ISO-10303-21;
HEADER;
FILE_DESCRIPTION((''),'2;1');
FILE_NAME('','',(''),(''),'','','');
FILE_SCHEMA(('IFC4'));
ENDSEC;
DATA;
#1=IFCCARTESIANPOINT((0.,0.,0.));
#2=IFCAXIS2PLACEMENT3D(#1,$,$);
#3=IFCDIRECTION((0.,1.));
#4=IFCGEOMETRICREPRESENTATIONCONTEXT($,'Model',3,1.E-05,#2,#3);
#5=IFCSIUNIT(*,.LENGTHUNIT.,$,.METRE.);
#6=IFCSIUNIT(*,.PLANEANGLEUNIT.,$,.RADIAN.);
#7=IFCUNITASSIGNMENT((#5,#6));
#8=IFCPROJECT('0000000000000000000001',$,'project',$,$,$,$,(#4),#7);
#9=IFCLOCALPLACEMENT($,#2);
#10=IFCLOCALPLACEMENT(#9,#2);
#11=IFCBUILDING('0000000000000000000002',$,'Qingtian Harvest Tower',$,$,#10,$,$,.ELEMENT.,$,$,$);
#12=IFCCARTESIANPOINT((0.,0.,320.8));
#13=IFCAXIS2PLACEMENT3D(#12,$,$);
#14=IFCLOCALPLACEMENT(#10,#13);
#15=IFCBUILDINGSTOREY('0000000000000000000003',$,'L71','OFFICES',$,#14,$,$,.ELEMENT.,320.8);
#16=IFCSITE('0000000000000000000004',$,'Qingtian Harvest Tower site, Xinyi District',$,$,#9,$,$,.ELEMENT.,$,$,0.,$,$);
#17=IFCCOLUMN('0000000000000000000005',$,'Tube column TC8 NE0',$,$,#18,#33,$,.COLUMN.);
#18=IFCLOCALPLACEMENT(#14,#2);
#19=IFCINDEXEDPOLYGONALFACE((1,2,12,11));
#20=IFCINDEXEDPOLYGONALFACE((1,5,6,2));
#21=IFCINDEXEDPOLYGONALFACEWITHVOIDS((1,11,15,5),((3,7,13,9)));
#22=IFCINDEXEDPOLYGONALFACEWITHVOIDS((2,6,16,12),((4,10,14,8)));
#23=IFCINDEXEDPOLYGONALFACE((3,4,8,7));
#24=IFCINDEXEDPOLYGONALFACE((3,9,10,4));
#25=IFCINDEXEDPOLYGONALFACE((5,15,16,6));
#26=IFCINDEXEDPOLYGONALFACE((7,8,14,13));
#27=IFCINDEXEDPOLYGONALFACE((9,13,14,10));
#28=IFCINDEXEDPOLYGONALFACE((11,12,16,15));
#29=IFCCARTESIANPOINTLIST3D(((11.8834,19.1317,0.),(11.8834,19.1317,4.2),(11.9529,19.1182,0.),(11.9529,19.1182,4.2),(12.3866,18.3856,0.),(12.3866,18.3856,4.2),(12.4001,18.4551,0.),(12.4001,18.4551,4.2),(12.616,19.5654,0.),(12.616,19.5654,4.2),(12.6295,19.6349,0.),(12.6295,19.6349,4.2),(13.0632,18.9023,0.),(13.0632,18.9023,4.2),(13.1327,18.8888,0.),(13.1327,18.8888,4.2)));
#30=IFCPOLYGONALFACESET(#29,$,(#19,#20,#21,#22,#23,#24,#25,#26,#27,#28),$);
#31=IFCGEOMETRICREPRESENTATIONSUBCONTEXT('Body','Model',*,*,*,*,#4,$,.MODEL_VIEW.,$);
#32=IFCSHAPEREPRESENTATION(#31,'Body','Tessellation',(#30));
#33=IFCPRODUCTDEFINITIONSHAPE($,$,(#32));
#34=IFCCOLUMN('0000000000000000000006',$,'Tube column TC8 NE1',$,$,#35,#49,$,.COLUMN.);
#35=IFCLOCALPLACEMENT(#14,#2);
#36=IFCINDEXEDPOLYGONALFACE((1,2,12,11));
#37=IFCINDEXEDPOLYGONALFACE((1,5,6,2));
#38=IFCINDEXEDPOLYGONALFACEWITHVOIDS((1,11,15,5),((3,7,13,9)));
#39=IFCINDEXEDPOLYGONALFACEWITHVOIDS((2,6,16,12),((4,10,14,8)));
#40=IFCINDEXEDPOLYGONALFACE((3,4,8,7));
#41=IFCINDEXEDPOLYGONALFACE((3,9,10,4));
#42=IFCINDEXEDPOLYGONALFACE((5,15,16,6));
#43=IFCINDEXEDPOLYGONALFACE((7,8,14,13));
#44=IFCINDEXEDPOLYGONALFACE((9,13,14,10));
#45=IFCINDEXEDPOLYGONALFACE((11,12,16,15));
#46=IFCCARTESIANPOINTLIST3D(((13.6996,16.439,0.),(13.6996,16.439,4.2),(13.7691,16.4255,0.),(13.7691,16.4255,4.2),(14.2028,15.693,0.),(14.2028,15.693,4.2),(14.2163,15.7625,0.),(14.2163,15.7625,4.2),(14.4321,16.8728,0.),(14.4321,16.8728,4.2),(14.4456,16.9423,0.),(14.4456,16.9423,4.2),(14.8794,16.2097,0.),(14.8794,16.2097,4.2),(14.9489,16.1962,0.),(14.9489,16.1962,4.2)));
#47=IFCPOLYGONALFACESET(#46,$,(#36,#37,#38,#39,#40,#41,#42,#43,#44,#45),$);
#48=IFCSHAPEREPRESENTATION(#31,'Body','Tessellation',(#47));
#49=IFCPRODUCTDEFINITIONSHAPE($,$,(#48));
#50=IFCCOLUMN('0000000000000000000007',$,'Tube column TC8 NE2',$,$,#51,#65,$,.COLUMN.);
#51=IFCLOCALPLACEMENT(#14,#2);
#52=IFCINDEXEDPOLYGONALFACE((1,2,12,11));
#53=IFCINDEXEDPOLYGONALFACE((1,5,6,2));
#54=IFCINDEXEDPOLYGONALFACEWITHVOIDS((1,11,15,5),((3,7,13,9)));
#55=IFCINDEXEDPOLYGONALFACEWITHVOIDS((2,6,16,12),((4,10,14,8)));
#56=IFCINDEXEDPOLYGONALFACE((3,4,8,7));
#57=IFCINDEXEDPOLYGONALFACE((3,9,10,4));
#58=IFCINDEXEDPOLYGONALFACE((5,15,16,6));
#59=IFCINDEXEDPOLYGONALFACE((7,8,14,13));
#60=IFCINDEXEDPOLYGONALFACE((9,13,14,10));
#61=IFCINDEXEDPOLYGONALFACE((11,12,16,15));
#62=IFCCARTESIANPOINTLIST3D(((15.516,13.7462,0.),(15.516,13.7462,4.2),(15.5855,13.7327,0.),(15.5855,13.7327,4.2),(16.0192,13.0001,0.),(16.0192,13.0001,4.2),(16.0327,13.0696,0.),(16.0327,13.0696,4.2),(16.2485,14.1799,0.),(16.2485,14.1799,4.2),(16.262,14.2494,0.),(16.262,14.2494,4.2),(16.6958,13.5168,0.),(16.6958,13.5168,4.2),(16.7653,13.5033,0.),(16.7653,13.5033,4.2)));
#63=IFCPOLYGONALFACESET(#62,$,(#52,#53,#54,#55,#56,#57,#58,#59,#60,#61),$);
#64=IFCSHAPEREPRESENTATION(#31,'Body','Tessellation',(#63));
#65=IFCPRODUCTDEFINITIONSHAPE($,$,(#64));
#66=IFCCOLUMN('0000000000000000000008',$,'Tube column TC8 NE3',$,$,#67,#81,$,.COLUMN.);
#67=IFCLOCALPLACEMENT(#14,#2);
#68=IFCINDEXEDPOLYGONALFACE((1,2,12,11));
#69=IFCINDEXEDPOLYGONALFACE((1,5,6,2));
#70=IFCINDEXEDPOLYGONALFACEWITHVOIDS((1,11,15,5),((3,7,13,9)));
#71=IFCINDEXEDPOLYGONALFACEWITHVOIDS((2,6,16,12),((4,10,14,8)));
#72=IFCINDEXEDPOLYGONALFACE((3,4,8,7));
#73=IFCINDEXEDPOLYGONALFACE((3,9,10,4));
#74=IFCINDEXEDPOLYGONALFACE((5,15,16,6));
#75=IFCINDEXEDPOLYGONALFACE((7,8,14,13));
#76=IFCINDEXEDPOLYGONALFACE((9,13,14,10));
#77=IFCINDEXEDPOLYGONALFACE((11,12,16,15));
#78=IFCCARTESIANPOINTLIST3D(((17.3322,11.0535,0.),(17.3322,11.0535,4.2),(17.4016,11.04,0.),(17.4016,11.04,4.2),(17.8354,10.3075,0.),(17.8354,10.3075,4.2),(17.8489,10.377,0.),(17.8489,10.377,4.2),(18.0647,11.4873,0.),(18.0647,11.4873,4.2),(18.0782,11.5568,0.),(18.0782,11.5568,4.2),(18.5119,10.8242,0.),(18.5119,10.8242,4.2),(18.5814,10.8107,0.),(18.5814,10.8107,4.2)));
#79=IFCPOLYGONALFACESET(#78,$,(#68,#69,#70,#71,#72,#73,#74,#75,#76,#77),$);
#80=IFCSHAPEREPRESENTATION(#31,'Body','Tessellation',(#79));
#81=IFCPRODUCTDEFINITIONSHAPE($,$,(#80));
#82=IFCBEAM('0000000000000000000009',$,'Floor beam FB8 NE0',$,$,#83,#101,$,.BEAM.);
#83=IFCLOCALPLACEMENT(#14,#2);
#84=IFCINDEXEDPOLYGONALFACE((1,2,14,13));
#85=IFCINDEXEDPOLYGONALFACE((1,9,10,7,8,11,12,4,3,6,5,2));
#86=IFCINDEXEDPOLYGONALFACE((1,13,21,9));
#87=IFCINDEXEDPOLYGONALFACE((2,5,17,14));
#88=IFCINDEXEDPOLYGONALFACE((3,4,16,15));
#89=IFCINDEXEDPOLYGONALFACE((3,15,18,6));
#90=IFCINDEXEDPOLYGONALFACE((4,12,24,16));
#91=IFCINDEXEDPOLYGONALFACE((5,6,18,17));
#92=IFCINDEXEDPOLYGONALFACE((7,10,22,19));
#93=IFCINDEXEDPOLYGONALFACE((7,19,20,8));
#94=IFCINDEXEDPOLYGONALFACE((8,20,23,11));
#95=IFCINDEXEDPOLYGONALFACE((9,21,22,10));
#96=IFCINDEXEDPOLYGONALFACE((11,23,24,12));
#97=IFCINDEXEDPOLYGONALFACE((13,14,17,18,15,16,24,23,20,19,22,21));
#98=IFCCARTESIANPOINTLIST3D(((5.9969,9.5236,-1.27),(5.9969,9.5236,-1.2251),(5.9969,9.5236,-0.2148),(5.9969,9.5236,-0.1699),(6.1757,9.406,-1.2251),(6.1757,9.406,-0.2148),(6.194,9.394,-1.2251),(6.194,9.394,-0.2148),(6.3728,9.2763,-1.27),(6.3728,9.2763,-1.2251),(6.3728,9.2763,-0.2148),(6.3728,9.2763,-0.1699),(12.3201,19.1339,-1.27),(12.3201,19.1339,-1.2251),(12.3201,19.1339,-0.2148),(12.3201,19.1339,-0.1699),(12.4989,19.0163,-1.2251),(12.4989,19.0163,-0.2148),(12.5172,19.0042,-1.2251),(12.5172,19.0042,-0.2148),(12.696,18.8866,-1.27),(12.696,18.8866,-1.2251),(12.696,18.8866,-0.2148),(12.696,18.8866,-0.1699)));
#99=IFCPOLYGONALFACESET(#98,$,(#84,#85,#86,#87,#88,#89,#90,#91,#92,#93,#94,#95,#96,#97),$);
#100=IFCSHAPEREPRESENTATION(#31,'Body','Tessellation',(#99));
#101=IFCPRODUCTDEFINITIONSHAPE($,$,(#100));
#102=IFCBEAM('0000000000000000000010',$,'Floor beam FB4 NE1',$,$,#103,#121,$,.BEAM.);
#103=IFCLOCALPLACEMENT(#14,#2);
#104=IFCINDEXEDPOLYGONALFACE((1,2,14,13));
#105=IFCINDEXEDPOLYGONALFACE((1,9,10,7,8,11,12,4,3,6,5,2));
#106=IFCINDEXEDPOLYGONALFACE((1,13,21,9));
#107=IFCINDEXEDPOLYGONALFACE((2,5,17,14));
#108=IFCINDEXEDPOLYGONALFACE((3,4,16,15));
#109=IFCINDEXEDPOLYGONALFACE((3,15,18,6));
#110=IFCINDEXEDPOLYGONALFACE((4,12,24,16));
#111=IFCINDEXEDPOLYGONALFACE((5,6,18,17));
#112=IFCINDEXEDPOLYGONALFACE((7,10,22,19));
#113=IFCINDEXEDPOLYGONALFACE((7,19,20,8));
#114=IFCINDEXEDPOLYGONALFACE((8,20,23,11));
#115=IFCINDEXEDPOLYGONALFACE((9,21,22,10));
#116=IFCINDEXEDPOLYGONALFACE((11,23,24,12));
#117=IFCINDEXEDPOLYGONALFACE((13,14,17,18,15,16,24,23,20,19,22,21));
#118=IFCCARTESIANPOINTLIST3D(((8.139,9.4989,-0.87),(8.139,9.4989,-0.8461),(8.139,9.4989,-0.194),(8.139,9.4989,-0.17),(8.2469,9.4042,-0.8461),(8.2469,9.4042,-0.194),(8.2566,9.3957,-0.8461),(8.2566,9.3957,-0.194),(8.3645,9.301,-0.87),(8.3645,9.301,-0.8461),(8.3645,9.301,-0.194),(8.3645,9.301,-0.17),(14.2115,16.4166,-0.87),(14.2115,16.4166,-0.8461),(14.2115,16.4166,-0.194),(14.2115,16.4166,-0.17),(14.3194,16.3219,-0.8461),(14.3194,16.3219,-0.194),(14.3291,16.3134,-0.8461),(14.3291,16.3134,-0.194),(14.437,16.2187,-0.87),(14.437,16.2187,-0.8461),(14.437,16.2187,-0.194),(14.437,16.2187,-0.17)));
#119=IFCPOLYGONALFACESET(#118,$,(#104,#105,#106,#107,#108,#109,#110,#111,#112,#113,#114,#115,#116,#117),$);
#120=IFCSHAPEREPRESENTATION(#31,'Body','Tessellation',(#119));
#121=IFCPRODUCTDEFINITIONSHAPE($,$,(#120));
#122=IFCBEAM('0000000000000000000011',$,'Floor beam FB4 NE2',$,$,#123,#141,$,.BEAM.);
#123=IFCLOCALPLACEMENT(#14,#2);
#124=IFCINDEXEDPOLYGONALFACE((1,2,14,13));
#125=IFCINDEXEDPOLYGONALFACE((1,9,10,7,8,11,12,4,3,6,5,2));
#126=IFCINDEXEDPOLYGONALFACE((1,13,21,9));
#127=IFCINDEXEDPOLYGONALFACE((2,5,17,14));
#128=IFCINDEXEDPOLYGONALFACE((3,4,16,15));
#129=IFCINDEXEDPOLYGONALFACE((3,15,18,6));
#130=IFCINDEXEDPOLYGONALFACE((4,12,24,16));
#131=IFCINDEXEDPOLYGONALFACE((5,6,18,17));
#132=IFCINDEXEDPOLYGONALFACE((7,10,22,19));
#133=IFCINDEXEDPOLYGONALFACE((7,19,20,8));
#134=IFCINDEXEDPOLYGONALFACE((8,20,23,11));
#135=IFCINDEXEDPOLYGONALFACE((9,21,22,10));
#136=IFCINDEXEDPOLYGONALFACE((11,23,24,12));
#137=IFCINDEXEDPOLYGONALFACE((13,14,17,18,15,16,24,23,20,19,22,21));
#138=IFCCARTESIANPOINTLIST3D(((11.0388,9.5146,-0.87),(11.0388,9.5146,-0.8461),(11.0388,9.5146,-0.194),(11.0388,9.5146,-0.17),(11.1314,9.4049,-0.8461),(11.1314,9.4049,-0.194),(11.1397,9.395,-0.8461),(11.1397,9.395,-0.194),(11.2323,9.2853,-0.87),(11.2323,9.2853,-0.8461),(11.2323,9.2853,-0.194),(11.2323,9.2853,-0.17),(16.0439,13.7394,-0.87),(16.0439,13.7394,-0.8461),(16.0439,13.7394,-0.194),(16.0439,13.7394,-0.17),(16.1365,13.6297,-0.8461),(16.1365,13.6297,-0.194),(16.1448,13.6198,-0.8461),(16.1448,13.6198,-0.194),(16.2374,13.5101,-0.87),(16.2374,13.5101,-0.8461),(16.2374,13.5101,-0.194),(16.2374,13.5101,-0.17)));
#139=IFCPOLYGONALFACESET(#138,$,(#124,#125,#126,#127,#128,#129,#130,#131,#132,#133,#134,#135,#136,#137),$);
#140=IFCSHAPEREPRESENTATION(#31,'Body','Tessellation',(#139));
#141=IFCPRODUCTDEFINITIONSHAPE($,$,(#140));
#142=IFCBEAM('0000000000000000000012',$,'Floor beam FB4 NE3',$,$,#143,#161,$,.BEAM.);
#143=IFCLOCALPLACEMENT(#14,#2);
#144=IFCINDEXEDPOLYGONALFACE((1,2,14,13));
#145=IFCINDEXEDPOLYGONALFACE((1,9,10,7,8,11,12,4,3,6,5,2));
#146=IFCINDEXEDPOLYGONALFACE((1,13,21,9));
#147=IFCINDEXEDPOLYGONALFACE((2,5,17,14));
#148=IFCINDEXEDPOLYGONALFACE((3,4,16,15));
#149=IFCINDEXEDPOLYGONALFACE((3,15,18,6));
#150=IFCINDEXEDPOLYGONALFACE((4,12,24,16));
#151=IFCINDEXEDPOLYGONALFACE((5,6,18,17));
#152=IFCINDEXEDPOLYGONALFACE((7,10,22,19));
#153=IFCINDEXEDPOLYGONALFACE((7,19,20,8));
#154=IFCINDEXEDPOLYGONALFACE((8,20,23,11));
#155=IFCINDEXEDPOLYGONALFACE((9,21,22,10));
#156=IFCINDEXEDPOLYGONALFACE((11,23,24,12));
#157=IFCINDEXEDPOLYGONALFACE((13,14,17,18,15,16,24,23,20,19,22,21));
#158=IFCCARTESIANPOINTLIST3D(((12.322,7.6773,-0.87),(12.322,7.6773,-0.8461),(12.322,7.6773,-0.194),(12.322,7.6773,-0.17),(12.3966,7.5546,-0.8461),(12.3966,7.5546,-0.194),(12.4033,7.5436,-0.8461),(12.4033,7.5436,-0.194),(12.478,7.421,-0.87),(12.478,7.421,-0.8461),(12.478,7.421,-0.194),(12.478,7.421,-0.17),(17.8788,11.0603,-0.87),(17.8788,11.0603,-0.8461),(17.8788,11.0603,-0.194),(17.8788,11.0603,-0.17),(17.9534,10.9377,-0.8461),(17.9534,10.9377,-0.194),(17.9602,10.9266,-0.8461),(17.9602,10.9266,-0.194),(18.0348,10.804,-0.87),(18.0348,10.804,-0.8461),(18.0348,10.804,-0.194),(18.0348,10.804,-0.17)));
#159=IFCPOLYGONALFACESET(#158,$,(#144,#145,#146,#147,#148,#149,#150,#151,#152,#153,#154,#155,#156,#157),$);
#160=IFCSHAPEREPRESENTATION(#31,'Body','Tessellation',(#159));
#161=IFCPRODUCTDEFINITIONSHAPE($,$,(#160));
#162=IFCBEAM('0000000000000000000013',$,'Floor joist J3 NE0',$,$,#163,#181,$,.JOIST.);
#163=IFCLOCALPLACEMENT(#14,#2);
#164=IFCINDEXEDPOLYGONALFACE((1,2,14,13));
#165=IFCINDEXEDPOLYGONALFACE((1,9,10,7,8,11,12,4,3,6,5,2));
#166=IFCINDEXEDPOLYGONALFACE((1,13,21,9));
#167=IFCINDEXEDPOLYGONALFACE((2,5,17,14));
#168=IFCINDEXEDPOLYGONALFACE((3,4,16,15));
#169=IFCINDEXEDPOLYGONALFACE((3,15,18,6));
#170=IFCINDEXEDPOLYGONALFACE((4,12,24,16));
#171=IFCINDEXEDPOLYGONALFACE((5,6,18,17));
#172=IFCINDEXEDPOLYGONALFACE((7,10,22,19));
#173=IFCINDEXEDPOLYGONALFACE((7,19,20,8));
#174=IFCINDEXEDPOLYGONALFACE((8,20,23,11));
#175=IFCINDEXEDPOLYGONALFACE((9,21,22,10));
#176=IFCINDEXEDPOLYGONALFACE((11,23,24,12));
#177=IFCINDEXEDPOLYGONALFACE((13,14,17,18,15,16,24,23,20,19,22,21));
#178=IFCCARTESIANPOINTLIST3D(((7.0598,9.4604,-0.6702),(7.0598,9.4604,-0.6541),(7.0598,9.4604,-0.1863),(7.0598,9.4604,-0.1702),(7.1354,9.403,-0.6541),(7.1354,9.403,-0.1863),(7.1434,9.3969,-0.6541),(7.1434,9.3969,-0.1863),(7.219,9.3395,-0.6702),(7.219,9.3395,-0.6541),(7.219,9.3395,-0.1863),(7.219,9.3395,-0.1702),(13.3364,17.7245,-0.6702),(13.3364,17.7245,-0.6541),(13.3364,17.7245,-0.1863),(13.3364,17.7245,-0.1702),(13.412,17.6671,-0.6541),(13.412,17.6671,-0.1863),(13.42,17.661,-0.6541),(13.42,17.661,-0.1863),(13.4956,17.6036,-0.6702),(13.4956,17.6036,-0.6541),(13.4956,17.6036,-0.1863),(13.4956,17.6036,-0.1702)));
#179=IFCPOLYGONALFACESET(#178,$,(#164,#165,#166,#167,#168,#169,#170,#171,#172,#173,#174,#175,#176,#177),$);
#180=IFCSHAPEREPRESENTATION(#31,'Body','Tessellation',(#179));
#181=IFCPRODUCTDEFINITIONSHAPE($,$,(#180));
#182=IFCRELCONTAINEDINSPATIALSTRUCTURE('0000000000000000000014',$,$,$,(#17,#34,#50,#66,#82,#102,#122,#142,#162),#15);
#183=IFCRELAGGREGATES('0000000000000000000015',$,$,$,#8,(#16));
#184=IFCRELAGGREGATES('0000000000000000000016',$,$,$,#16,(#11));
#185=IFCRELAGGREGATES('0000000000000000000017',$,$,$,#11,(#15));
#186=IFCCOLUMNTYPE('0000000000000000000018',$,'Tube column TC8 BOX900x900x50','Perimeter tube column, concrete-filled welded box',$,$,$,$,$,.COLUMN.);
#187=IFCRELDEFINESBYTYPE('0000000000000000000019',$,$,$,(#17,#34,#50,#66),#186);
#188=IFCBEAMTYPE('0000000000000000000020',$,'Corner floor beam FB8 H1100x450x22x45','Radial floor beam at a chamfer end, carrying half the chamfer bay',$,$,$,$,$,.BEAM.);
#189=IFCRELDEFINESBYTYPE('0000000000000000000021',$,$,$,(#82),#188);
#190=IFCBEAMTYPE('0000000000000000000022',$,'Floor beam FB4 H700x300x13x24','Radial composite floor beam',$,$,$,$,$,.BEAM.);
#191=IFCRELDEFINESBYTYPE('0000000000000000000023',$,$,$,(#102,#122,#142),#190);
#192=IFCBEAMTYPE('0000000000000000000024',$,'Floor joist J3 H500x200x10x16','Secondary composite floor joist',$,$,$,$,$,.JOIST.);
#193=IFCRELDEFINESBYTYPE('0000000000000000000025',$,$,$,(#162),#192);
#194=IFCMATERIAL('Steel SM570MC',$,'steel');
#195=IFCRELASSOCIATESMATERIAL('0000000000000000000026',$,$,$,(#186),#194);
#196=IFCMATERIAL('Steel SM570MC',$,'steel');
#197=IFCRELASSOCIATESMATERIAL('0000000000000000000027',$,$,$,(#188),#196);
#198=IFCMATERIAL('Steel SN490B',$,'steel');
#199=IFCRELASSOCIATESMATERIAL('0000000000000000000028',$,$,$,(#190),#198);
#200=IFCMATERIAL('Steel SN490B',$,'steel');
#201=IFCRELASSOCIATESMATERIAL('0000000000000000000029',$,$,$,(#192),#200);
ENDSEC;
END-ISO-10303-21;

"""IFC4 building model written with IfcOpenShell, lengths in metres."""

from ifc_helpers import new_model, si_unit, direction, frame, origin, origin_2d, place, context, subcontext, project, spatial, hollow_rectangle, i_section, extrude, material, material_profile, profile_set, type_object, element, save


model = new_model("IFC4")

# Units and contexts
model_context = context("Model", 3, precision=1e-05, world=origin(), true_north=direction((0.0, 1.0)))
body_context = subcontext(model_context, "Body", "Model", "MODEL_VIEW")
ifc_project = project(units=[si_unit("LENGTHUNIT", "METRE"), si_unit("PLANEANGLEUNIT", "RADIAN")], contexts=[model_context])

# Site, building, storey
site_placement = place(None, origin())
site = spatial("IfcSite", under=ifc_project, at=site_placement, Name="Qingtian Harvest Tower site, Xinyi District", CompositionType="ELEMENT", RefElevation=0.0)
building_placement = place(site_placement, origin())
building = spatial("IfcBuilding", under=site, at=building_placement, Name="Qingtian Harvest Tower", CompositionType="ELEMENT")
storey_placement = place(building_placement, frame((0.0, 0.0, 320.8)))
storey = spatial("IfcBuildingStorey", under=building, at=storey_placement, Name="L71", Description="OFFICES", CompositionType="ELEMENT", Elevation=320.8)

# Columns
ifc_material_1 = material(Name="Steel SM570MC", Category="steel")
ifc_material_profile_1 = material_profile(ifc_material_1, hollow_rectangle(XDim=0.8999, YDim=0.8999, WallThickness=0.05, at=origin_2d()), Name="BOX900x900x50")
ifc_profile_set_1 = profile_set([ifc_material_profile_1], Name="Steel SM570MC")
column_type = type_object("IfcColumnType", Name="Tube column TC8 BOX900x900x50", Description="Perimeter tube column, concrete-filled welded box", PredefinedType="COLUMN", material=ifc_profile_set_1)
for number, where, z_axis, x_axis, name in (
    (1, (12.5081, 19.0103, 0.0), (0.0, 0.0, 1.0), (-0.559193, 0.829038, 0.0), "Tube column TC8 NE0"),
    (2, (14.3242, 16.3176, 0.0), (0.0, 0.0, 1.0), (-0.559193, 0.829038, 0.0), "Tube column TC8 NE1"),
    (3, (16.1406, 13.6248, 0.0), (0.0, 0.0, 1.0), (-0.559193, 0.829038, 0.0), "Tube column TC8 NE2"),
    (4, (17.9568, 10.9321, 0.0), (0.0, 0.0, 1.0), (-0.559193, 0.829038, 0.0), "Tube column TC8 NE3"),
):
    element("IfcColumn", number, at=place(storey_placement, frame(where, z_axis=z_axis, x_axis=x_axis)), inside=storey, type_object=column_type, Name=name, PredefinedType="COLUMN", context=body_context, shape_type="SweptSolid", body=[
        extrude(hollow_rectangle(XDim=0.8999, YDim=0.8999, WallThickness=0.05, at=origin_2d()), origin(), (0.0, 0.0, 1.0), 4.2),
    ])

# Beams
ifc_material_2 = material(Name="Steel SM570MC", Category="steel")
ifc_material_profile_2 = material_profile(ifc_material_2, i_section(OverallWidth=0.45, OverallDepth=1.1001, WebThickness=0.022, FlangeThickness=0.0449, at=origin_2d()), Name="H1100x450x22x45")
ifc_profile_set_2 = profile_set([ifc_material_profile_2], Name="Steel SM570MC")
beam_type_1 = type_object("IfcBeamType", Name="Corner floor beam FB8 H1100x450x22x45", Description="Radial floor beam at a chamfer end, carrying half the chamfer bay", PredefinedType="BEAM", material=ifc_profile_set_2)
beam_1_placement = place(storey_placement, frame((12.5081, 19.0103, -0.72), z_axis=(-0.549655, -0.835391, 0.0), x_axis=(0.835391, -0.549655, 0.0)))
element("IfcBeam", 5, at=beam_1_placement, inside=storey, type_object=beam_type_1, Name="Floor beam FB8 NE0", PredefinedType="BEAM", context=body_context, shape_type="SweptSolid", body=[
    extrude(i_section(OverallWidth=0.45, OverallDepth=1.1001, WebThickness=0.022, FlangeThickness=0.0449, at=origin_2d()), origin(), (0.0, 0.0, 1.0), 11.5039),
])
ifc_material_3 = material(Name="Steel SN490B", Category="steel")
ifc_material_profile_3 = material_profile(ifc_material_3, i_section(OverallWidth=0.3, OverallDepth=0.7, WebThickness=0.0129, FlangeThickness=0.0239, at=origin_2d()), Name="H700x300x13x24")
ifc_profile_set_3 = profile_set([ifc_material_profile_3], Name="Steel SN490B")
beam_type_2 = type_object("IfcBeamType", Name="Floor beam FB4 H700x300x13x24", Description="Radial composite floor beam", PredefinedType="BEAM", material=ifc_profile_set_3)
beam_2_placement = place(storey_placement, frame((14.3242, 16.3176, -0.52), z_axis=(-0.659704, -0.751526, 0.0), x_axis=(0.751526, -0.659704, 0.0)))
element("IfcBeam", 6, at=beam_2_placement, inside=storey, type_object=beam_type_2, Name="Floor beam FB4 NE1", PredefinedType="BEAM", context=body_context, shape_type="SweptSolid", body=[
    extrude(i_section(OverallWidth=0.3, OverallDepth=0.7, WebThickness=0.0129, FlangeThickness=0.0239, at=origin_2d()), origin(), (0.0, 0.0, 1.0), 9.2048),
])
beam_3_placement = place(storey_placement, frame((16.1406, 13.6248, -0.52), z_axis=(-0.764158, -0.645029, 0.0), x_axis=(0.645029, -0.764158, 0.0)))
element("IfcBeam", 7, at=beam_3_placement, inside=storey, type_object=beam_type_2, Name="Floor beam FB4 NE2", PredefinedType="BEAM", context=body_context, shape_type="SweptSolid", body=[
    extrude(i_section(OverallWidth=0.3, OverallDepth=0.7, WebThickness=0.0129, FlangeThickness=0.0239, at=origin_2d()), origin(), (0.0, 0.0, 1.0), 6.5498),
])
beam_4_placement = place(storey_placement, frame((17.9568, 10.9321, -0.52), z_axis=(-0.854157, -0.520015, 0.0), x_axis=(0.520015, -0.854157, 0.0)))
element("IfcBeam", 8, at=beam_4_placement, inside=storey, type_object=beam_type_2, Name="Floor beam FB4 NE3", PredefinedType="BEAM", context=body_context, shape_type="SweptSolid", body=[
    extrude(i_section(OverallWidth=0.3, OverallDepth=0.7, WebThickness=0.0129, FlangeThickness=0.0239, at=origin_2d()), origin(), (0.0, 0.0, 1.0), 6.5056),
])
ifc_material_4 = material(Name="Steel SN490B", Category="steel")
ifc_material_profile_4 = material_profile(ifc_material_4, i_section(OverallWidth=0.2, OverallDepth=0.5, WebThickness=0.01, FlangeThickness=0.0161, at=origin_2d()), Name="H500x200x10x16")
ifc_profile_set_4 = profile_set([ifc_material_profile_4], Name="Steel SN490B")
beam_type_3 = type_object("IfcBeamType", Name="Floor joist J3 H500x200x10x16", Description="Secondary composite floor joist", PredefinedType="JOIST", material=ifc_profile_set_4)
beam_5_placement = place(storey_placement, frame((13.416, 17.6641, -0.4202), z_axis=(-0.60483, -0.796355, 0.0), x_axis=(0.796355, -0.60483, 0.0)))
element("IfcBeam", 9, at=beam_5_placement, inside=storey, type_object=beam_type_3, Name="Floor joist J3 NE0", PredefinedType="JOIST", context=body_context, shape_type="SweptSolid", body=[
    extrude(i_section(OverallWidth=0.2, OverallDepth=0.5, WebThickness=0.01, FlangeThickness=0.0161, at=origin_2d()), origin(), (0.0, 0.0, 1.0), 10.3774),
])

save(model, "model.ifc")
